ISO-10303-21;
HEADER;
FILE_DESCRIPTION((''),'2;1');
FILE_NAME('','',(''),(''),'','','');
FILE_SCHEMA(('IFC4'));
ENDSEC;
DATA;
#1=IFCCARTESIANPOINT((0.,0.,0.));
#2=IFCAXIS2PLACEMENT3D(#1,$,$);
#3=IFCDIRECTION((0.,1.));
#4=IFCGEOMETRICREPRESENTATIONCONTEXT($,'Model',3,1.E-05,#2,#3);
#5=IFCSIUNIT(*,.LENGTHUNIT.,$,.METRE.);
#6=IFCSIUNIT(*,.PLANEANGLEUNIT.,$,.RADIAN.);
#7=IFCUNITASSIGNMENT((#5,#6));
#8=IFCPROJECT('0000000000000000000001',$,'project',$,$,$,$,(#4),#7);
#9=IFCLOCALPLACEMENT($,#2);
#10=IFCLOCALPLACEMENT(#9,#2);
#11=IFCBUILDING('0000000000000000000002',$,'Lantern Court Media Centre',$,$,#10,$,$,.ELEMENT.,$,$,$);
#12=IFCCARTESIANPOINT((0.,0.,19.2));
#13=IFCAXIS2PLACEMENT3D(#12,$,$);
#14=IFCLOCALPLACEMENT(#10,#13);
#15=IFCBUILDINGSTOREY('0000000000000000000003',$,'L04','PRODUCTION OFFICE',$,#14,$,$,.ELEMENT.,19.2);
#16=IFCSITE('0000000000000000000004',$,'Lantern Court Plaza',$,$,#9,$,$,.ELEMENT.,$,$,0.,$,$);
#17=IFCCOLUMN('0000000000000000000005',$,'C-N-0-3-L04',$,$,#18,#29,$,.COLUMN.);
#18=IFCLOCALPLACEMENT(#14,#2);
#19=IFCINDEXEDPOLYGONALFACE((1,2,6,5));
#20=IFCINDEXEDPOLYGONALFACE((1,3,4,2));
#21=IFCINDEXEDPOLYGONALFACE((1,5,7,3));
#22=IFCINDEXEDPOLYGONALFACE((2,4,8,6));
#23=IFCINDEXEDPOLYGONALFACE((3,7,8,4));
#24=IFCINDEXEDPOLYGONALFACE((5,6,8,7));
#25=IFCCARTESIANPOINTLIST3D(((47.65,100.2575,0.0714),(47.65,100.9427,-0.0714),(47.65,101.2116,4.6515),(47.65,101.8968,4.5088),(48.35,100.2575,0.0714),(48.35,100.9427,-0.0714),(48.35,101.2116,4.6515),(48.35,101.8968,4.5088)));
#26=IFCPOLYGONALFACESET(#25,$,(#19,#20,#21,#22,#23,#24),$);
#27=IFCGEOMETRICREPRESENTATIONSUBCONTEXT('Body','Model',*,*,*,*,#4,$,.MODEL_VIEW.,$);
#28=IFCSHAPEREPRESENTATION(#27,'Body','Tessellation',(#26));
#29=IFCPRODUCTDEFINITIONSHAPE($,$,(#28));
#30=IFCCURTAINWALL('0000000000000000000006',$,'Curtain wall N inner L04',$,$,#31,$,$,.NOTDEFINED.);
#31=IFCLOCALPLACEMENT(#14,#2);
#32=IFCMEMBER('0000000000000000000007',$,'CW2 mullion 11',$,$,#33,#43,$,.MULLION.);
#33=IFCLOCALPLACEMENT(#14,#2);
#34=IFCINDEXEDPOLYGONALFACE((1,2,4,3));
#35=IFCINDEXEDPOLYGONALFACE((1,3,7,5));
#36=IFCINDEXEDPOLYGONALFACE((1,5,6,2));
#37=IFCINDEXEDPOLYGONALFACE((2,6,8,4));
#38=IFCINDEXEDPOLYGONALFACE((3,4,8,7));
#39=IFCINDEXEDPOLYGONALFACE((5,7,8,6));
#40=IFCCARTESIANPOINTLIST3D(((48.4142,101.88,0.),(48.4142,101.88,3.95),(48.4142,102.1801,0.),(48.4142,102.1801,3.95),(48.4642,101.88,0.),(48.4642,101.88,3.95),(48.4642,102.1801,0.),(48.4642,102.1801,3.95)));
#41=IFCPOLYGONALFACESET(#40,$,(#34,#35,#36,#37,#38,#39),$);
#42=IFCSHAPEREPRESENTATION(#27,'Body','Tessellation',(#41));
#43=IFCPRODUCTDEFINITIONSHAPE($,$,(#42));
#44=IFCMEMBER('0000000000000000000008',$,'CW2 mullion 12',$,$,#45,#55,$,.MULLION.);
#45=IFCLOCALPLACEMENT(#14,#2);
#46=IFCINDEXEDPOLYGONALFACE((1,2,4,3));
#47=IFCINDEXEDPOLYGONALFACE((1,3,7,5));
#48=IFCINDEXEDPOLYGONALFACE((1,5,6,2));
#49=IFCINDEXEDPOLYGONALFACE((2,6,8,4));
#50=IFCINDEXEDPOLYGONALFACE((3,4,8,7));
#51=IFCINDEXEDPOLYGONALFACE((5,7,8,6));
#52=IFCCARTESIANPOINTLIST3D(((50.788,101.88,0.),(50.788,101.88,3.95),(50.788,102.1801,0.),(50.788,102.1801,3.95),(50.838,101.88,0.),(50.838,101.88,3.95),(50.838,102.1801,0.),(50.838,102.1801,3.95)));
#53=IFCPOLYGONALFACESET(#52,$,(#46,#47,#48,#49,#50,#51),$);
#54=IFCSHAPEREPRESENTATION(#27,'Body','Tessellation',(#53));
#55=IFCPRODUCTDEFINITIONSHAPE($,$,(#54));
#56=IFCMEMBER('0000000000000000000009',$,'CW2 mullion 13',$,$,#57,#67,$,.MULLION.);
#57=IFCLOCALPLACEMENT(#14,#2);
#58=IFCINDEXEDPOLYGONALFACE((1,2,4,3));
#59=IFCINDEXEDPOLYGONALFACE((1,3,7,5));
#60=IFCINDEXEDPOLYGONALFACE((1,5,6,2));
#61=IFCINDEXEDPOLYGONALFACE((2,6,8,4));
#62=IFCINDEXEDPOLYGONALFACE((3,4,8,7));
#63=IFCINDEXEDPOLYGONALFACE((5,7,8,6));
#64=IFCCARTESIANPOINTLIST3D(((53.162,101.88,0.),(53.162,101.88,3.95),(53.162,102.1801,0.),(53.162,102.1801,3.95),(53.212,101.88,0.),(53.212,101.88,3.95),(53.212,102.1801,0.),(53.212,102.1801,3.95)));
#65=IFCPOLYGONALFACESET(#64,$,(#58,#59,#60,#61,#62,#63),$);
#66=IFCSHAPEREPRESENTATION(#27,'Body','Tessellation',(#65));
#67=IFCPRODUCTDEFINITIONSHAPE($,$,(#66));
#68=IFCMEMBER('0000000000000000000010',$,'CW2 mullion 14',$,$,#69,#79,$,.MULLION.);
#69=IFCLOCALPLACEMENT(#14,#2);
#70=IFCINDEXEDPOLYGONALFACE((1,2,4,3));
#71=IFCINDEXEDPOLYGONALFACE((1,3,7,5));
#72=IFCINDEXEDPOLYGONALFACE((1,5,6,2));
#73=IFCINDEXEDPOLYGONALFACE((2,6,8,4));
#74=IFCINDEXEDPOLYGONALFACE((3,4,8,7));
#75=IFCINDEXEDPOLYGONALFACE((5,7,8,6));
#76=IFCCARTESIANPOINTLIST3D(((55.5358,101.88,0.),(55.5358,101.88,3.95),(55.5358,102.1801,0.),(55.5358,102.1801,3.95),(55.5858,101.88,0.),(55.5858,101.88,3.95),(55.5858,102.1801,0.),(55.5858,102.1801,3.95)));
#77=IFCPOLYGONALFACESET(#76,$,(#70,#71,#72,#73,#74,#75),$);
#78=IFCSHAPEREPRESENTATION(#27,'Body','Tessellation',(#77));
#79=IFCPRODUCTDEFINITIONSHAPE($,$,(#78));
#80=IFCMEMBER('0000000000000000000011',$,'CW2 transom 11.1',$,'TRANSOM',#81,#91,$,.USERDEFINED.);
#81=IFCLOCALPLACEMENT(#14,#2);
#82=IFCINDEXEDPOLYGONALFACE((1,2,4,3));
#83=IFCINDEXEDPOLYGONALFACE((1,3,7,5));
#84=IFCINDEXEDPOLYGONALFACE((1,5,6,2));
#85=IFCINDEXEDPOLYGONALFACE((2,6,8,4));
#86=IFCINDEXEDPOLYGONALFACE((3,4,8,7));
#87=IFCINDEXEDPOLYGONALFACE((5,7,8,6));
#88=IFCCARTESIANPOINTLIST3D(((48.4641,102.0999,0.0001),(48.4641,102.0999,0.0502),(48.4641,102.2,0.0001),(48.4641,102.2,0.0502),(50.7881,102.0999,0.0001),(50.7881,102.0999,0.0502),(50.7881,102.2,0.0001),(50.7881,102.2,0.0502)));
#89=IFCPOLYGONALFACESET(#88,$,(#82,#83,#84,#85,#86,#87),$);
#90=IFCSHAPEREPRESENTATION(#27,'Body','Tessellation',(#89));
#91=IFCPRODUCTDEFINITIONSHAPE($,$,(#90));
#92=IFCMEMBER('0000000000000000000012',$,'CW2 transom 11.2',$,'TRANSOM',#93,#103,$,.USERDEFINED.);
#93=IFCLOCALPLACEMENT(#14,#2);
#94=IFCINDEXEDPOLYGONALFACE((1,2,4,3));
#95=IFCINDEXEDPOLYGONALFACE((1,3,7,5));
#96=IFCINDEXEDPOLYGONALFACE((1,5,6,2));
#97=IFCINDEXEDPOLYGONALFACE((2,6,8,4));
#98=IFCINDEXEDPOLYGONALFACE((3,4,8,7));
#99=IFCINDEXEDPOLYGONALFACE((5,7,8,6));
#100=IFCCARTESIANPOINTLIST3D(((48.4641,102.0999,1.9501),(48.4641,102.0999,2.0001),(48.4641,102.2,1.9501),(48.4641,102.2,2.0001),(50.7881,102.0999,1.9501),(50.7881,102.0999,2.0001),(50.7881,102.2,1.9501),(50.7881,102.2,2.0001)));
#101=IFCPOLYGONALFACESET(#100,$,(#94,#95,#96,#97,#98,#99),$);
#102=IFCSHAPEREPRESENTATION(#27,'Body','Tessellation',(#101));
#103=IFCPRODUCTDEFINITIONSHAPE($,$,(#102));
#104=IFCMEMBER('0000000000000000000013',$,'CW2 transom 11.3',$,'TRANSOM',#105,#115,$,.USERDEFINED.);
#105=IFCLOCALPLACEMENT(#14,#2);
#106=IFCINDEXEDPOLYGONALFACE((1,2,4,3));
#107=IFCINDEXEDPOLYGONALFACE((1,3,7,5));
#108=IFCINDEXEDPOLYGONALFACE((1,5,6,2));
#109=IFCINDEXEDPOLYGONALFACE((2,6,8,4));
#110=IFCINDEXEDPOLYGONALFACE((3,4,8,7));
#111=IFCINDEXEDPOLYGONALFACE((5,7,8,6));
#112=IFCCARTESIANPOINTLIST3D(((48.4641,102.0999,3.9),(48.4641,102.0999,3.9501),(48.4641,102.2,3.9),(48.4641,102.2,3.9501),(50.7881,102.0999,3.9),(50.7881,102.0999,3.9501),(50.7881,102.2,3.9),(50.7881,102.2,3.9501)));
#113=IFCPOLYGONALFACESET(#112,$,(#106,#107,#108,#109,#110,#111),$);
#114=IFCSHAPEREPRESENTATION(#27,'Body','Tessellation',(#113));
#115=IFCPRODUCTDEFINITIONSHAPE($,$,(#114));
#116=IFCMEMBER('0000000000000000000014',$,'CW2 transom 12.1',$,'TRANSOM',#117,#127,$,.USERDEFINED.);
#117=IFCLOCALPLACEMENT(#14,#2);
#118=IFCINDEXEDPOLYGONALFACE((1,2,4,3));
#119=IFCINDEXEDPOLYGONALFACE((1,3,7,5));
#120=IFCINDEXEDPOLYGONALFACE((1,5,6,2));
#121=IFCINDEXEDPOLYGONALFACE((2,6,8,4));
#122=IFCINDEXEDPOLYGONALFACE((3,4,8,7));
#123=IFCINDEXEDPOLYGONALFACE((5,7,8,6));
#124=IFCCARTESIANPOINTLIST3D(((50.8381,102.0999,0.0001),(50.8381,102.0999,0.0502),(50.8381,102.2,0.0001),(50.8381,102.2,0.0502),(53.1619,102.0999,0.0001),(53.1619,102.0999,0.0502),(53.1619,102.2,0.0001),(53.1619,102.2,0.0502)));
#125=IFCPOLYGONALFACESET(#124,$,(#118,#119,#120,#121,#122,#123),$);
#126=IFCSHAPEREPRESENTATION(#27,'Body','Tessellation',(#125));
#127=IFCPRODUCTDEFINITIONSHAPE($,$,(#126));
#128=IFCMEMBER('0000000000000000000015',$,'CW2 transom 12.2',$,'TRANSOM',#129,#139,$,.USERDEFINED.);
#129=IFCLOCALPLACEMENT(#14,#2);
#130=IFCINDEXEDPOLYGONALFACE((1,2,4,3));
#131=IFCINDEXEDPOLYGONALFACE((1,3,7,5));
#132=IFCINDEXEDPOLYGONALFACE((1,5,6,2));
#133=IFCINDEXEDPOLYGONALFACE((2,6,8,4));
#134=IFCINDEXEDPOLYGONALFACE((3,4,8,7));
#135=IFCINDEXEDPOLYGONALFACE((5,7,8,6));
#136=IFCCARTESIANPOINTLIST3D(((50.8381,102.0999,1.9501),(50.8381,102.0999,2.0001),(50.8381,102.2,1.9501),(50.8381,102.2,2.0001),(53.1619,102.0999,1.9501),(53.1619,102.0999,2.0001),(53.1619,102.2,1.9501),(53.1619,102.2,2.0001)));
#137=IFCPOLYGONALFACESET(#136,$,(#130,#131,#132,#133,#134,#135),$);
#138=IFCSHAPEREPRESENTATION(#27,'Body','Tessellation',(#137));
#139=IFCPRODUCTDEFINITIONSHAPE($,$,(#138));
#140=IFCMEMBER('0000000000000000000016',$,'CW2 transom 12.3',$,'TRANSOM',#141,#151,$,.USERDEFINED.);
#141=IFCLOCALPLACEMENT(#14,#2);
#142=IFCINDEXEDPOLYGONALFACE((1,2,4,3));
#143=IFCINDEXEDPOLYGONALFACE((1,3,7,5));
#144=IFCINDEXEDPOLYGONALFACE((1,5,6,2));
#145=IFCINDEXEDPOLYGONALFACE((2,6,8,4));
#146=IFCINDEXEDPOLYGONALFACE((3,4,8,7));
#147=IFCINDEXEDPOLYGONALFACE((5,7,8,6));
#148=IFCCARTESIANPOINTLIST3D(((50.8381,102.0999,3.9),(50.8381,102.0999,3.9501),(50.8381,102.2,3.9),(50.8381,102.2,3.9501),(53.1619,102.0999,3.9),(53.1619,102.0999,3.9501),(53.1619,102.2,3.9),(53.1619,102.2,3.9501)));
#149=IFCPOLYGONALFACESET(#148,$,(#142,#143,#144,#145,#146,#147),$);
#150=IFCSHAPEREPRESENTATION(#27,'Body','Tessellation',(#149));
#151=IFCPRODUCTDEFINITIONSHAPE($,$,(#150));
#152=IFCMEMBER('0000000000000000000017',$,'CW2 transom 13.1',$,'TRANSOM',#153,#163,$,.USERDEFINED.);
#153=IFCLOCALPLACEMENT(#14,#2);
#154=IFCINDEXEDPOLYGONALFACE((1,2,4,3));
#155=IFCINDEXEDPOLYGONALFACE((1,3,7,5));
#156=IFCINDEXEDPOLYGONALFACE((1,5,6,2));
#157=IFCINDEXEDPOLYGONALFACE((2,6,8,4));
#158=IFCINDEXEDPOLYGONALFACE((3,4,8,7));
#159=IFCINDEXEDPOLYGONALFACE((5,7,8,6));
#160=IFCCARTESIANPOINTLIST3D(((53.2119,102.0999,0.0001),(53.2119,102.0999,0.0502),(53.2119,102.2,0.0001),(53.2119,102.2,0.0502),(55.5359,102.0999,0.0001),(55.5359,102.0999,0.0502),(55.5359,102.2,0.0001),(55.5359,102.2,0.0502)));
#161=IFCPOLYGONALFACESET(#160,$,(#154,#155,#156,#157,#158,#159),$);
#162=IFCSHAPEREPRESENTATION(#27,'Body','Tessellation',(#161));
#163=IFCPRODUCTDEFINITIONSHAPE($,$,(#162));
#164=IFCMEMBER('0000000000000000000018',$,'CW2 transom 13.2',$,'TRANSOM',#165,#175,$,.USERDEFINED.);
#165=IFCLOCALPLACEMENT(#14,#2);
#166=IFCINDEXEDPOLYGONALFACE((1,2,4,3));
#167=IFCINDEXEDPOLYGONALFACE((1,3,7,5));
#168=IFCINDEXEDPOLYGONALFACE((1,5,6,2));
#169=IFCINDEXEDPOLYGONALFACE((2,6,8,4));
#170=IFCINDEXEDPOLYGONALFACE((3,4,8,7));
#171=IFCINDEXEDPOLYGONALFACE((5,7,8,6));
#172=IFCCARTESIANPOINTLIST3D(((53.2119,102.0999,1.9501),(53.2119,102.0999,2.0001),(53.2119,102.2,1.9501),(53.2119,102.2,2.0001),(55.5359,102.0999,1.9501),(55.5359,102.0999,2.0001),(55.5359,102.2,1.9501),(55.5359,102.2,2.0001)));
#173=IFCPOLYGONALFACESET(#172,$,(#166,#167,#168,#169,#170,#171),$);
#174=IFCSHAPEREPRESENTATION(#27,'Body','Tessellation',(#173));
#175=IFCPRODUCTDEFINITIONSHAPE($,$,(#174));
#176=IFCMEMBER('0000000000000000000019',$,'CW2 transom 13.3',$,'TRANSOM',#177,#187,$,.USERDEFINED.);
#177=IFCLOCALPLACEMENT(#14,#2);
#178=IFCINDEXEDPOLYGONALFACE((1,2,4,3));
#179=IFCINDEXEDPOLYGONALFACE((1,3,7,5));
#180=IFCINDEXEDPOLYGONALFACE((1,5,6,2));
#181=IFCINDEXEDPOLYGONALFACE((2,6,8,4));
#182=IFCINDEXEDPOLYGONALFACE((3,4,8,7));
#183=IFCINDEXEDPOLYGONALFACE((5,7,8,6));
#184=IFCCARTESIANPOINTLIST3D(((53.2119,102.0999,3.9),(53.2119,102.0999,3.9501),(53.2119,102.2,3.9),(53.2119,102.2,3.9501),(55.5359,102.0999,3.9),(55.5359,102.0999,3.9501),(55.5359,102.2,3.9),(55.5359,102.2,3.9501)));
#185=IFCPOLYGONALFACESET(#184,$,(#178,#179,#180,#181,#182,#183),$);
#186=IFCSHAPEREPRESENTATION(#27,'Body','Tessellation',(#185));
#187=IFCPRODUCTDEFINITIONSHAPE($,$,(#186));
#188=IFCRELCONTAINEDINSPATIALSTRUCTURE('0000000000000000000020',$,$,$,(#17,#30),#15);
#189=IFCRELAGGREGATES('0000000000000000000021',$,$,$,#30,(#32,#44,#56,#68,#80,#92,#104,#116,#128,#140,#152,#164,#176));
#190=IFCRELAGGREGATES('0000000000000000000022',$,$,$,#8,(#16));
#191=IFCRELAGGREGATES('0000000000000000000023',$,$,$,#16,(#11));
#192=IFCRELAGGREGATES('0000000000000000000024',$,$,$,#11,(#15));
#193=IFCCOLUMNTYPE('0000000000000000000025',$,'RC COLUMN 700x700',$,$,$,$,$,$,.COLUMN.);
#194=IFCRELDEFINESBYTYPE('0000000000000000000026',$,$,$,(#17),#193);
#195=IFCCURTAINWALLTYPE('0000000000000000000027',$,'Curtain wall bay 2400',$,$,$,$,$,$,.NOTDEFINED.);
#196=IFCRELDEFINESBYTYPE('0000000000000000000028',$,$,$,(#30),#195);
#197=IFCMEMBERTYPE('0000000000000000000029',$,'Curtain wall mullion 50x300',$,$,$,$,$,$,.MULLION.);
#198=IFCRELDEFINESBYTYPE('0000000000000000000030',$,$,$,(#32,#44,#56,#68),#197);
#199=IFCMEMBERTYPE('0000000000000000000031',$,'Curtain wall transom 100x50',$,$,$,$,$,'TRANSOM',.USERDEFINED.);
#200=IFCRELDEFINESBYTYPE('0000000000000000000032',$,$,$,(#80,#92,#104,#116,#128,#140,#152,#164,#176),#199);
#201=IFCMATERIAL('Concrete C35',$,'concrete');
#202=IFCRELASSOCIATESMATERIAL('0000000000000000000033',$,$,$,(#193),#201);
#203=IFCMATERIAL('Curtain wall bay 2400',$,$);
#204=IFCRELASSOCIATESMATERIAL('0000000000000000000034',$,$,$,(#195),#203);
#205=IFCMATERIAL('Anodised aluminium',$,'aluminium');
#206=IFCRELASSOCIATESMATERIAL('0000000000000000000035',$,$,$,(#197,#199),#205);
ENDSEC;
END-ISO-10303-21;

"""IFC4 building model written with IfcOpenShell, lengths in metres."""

from ifc_helpers import new_model, si_unit, direction, frame, origin, origin_2d, place, context, subcontext, project, spatial, rectangle, extrude, material, material_profile, profile_set, type_object, element, aggregate, save


model = new_model("IFC4")

# Units and contexts
model_context = context("Model", 3, precision=1e-05, world=origin(), true_north=direction((0.0, 1.0)))
body_context = subcontext(model_context, "Body", "Model", "MODEL_VIEW")
ifc_project = project(units=[si_unit("LENGTHUNIT", "METRE"), si_unit("PLANEANGLEUNIT", "RADIAN")], contexts=[model_context])

# Site, building, storey
site_placement = place(None, origin())
site = spatial("IfcSite", under=ifc_project, at=site_placement, Name="Lantern Court Plaza", CompositionType="ELEMENT", RefElevation=0.0)
building_placement = place(site_placement, origin())
building = spatial("IfcBuilding", under=site, at=building_placement, Name="Lantern Court Media Centre", CompositionType="ELEMENT")
storey_placement = place(building_placement, frame((0.0, 0.0, 19.2)))
storey = spatial("IfcBuildingStorey", under=building, at=storey_placement, Name="L04", Description="PRODUCTION OFFICE", CompositionType="ELEMENT", Elevation=19.2)

# Column
ifc_material_1 = material(Name="Concrete C35", Category="concrete")
ifc_material_profile_1 = material_profile(ifc_material_1, rectangle(XDim=0.7, YDim=0.7, at=origin_2d()), Name="RC 700x700")
ifc_profile_set_1 = profile_set([ifc_material_profile_1], Name="Concrete C35")
column_type = type_object("IfcColumnType", Name="RC COLUMN 700x700", PredefinedType="COLUMN", material=ifc_profile_set_1)
column_placement = place(storey_placement, frame((48.0, 100.6001, 0.0), z_axis=(0.0, 0.203938, 0.978984), x_axis=(-1.0, 0.0, 0.0)))
element("IfcColumn", 1, at=column_placement, inside=storey, type_object=column_type, Name="C-N-0-3-L04", PredefinedType="COLUMN", context=body_context, shape_type="SweptSolid", body=[
    extrude(rectangle(XDim=0.7, YDim=0.7, at=origin_2d()), origin(), (0.0, 0.0, 1.0), 4.6785),
])

# Curtain wall, members
ifc_material_2 = material(Name="Curtain wall bay 2400")
curtain_wall_type = type_object("IfcCurtainWallType", Name="Curtain wall bay 2400", PredefinedType="NOTDEFINED", material=ifc_material_2)
curtain_wall_placement = place(storey_placement, origin())
curtain_wall = element("IfcCurtainWall", 2, at=curtain_wall_placement, inside=storey, type_object=curtain_wall_type, Name="Curtain wall N inner L04", PredefinedType="NOTDEFINED")
ifc_material_3 = material(Name="Anodised aluminium", Category="aluminium")
ifc_material_profile_2 = material_profile(ifc_material_3, rectangle(XDim=0.3, YDim=0.05, at=origin_2d()), Name="AL 50x300")
ifc_profile_set_2 = profile_set([ifc_material_profile_2], Name="Anodised aluminium")
member_type_1 = type_object("IfcMemberType", Name="Curtain wall mullion 50x300", PredefinedType="MULLION", material=ifc_profile_set_2)
member_1_placement = place(storey_placement, frame((48.4392, 102.03, 0.0), z_axis=(0.0, 0.0, 1.0), x_axis=(0.0, 1.0, 0.0)))
member_1 = element("IfcMember", 3, at=member_1_placement, type_object=member_type_1, Name="CW2 mullion 11", PredefinedType="MULLION", context=body_context, shape_type="SweptSolid", body=[
    extrude(rectangle(XDim=0.3, YDim=0.05, at=origin_2d()), origin(), (0.0, 0.0, 1.0), 3.95),
])
member_2_placement = place(storey_placement, frame((50.813, 102.03, 0.0), z_axis=(0.0, 0.0, 1.0), x_axis=(0.0, 1.0, 0.0)))
member_2 = element("IfcMember", 4, at=member_2_placement, type_object=member_type_1, Name="CW2 mullion 12", PredefinedType="MULLION", context=body_context, shape_type="SweptSolid", body=[
    extrude(rectangle(XDim=0.3, YDim=0.05, at=origin_2d()), origin(), (0.0, 0.0, 1.0), 3.95),
])
member_3_placement = place(storey_placement, frame((53.187, 102.03, 0.0), z_axis=(0.0, 0.0, 1.0), x_axis=(0.0, 1.0, 0.0)))
member_3 = element("IfcMember", 5, at=member_3_placement, type_object=member_type_1, Name="CW2 mullion 13", PredefinedType="MULLION", context=body_context, shape_type="SweptSolid", body=[
    extrude(rectangle(XDim=0.3, YDim=0.05, at=origin_2d()), origin(), (0.0, 0.0, 1.0), 3.95),
])
member_4_placement = place(storey_placement, frame((55.5608, 102.03, 0.0), z_axis=(0.0, 0.0, 1.0), x_axis=(0.0, 1.0, 0.0)))
member_4 = element("IfcMember", 6, at=member_4_placement, type_object=member_type_1, Name="CW2 mullion 14", PredefinedType="MULLION", context=body_context, shape_type="SweptSolid", body=[
    extrude(rectangle(XDim=0.3, YDim=0.05, at=origin_2d()), origin(), (0.0, 0.0, 1.0), 3.95),
])
ifc_material_profile_3 = material_profile(ifc_material_3, rectangle(XDim=0.1001, YDim=0.05, at=origin_2d()), Name="AL 50x100")
ifc_profile_set_3 = profile_set([ifc_material_profile_3], Name="Anodised aluminium")
member_type_2 = type_object("IfcMemberType", Name="Curtain wall transom 100x50", ElementType="TRANSOM", PredefinedType="USERDEFINED", material=ifc_profile_set_3)
member_5_placement = place(storey_placement, frame((48.4641, 102.1499, 0.0251), z_axis=(1.0, 0.0, 0.0), x_axis=(0.0, 1.0, 0.0)))
member_5 = element("IfcMember", 7, at=member_5_placement, type_object=member_type_2, Name="CW2 transom 11.1", ObjectType="TRANSOM", PredefinedType="USERDEFINED", context=body_context, shape_type="SweptSolid", body=[
    extrude(rectangle(XDim=0.1001, YDim=0.05, at=origin_2d()), origin(), (0.0, 0.0, 1.0), 2.324),
])
member_6_placement = place(storey_placement, frame((48.4641, 102.1499, 1.9751), z_axis=(1.0, 0.0, 0.0), x_axis=(0.0, 1.0, 0.0)))
member_6 = element("IfcMember", 8, at=member_6_placement, type_object=member_type_2, Name="CW2 transom 11.2", ObjectType="TRANSOM", PredefinedType="USERDEFINED", context=body_context, shape_type="SweptSolid", body=[
    extrude(rectangle(XDim=0.1001, YDim=0.05, at=origin_2d()), origin(), (0.0, 0.0, 1.0), 2.324),
])
member_7_placement = place(storey_placement, frame((48.4641, 102.1499, 3.925), z_axis=(1.0, 0.0, 0.0), x_axis=(0.0, 1.0, 0.0)))
member_7 = element("IfcMember", 9, at=member_7_placement, type_object=member_type_2, Name="CW2 transom 11.3", ObjectType="TRANSOM", PredefinedType="USERDEFINED", context=body_context, shape_type="SweptSolid", body=[
    extrude(rectangle(XDim=0.1001, YDim=0.05, at=origin_2d()), origin(), (0.0, 0.0, 1.0), 2.324),
])
member_8_placement = place(storey_placement, frame((50.8381, 102.1499, 0.0251), z_axis=(1.0, 0.0, 0.0), x_axis=(0.0, 1.0, 0.0)))
member_8 = element("IfcMember", 10, at=member_8_placement, type_object=member_type_2, Name="CW2 transom 12.1", ObjectType="TRANSOM", PredefinedType="USERDEFINED", context=body_context, shape_type="SweptSolid", body=[
    extrude(rectangle(XDim=0.1001, YDim=0.05, at=origin_2d()), origin(), (0.0, 0.0, 1.0), 2.3237),
])
member_9_placement = place(storey_placement, frame((50.8381, 102.1499, 1.9751), z_axis=(1.0, 0.0, 0.0), x_axis=(0.0, 1.0, 0.0)))
member_9 = element("IfcMember", 11, at=member_9_placement, type_object=member_type_2, Name="CW2 transom 12.2", ObjectType="TRANSOM", PredefinedType="USERDEFINED", context=body_context, shape_type="SweptSolid", body=[
    extrude(rectangle(XDim=0.1001, YDim=0.05, at=origin_2d()), origin(), (0.0, 0.0, 1.0), 2.3237),
])
member_10_placement = place(storey_placement, frame((50.8381, 102.1499, 3.925), z_axis=(1.0, 0.0, 0.0), x_axis=(0.0, 1.0, 0.0)))
member_10 = element("IfcMember", 12, at=member_10_placement, type_object=member_type_2, Name="CW2 transom 12.3", ObjectType="TRANSOM", PredefinedType="USERDEFINED", context=body_context, shape_type="SweptSolid", body=[
    extrude(rectangle(XDim=0.1001, YDim=0.05, at=origin_2d()), origin(), (0.0, 0.0, 1.0), 2.3237),
])
member_11_placement = place(storey_placement, frame((53.2119, 102.1499, 0.0251), z_axis=(1.0, 0.0, 0.0), x_axis=(0.0, 1.0, 0.0)))
member_11 = element("IfcMember", 13, at=member_11_placement, type_object=member_type_2, Name="CW2 transom 13.1", ObjectType="TRANSOM", PredefinedType="USERDEFINED", context=body_context, shape_type="SweptSolid", body=[
    extrude(rectangle(XDim=0.1001, YDim=0.05, at=origin_2d()), origin(), (0.0, 0.0, 1.0), 2.324),
])
member_12_placement = place(storey_placement, frame((53.2119, 102.1499, 1.9751), z_axis=(1.0, 0.0, 0.0), x_axis=(0.0, 1.0, 0.0)))
member_12 = element("IfcMember", 14, at=member_12_placement, type_object=member_type_2, Name="CW2 transom 13.2", ObjectType="TRANSOM", PredefinedType="USERDEFINED", context=body_context, shape_type="SweptSolid", body=[
    extrude(rectangle(XDim=0.1001, YDim=0.05, at=origin_2d()), origin(), (0.0, 0.0, 1.0), 2.324),
])
member_13_placement = place(storey_placement, frame((53.2119, 102.1499, 3.925), z_axis=(1.0, 0.0, 0.0), x_axis=(0.0, 1.0, 0.0)))
member_13 = element("IfcMember", 15, at=member_13_placement, type_object=member_type_2, Name="CW2 transom 13.3", ObjectType="TRANSOM", PredefinedType="USERDEFINED", context=body_context, shape_type="SweptSolid", body=[
    extrude(rectangle(XDim=0.1001, YDim=0.05, at=origin_2d()), origin(), (0.0, 0.0, 1.0), 2.324),
])

aggregate(curtain_wall, [member_1, member_2, member_3, member_4, member_5, member_6, member_7, member_8, member_9, member_10, member_11, member_12, member_13])

save(model, "model.ifc")
